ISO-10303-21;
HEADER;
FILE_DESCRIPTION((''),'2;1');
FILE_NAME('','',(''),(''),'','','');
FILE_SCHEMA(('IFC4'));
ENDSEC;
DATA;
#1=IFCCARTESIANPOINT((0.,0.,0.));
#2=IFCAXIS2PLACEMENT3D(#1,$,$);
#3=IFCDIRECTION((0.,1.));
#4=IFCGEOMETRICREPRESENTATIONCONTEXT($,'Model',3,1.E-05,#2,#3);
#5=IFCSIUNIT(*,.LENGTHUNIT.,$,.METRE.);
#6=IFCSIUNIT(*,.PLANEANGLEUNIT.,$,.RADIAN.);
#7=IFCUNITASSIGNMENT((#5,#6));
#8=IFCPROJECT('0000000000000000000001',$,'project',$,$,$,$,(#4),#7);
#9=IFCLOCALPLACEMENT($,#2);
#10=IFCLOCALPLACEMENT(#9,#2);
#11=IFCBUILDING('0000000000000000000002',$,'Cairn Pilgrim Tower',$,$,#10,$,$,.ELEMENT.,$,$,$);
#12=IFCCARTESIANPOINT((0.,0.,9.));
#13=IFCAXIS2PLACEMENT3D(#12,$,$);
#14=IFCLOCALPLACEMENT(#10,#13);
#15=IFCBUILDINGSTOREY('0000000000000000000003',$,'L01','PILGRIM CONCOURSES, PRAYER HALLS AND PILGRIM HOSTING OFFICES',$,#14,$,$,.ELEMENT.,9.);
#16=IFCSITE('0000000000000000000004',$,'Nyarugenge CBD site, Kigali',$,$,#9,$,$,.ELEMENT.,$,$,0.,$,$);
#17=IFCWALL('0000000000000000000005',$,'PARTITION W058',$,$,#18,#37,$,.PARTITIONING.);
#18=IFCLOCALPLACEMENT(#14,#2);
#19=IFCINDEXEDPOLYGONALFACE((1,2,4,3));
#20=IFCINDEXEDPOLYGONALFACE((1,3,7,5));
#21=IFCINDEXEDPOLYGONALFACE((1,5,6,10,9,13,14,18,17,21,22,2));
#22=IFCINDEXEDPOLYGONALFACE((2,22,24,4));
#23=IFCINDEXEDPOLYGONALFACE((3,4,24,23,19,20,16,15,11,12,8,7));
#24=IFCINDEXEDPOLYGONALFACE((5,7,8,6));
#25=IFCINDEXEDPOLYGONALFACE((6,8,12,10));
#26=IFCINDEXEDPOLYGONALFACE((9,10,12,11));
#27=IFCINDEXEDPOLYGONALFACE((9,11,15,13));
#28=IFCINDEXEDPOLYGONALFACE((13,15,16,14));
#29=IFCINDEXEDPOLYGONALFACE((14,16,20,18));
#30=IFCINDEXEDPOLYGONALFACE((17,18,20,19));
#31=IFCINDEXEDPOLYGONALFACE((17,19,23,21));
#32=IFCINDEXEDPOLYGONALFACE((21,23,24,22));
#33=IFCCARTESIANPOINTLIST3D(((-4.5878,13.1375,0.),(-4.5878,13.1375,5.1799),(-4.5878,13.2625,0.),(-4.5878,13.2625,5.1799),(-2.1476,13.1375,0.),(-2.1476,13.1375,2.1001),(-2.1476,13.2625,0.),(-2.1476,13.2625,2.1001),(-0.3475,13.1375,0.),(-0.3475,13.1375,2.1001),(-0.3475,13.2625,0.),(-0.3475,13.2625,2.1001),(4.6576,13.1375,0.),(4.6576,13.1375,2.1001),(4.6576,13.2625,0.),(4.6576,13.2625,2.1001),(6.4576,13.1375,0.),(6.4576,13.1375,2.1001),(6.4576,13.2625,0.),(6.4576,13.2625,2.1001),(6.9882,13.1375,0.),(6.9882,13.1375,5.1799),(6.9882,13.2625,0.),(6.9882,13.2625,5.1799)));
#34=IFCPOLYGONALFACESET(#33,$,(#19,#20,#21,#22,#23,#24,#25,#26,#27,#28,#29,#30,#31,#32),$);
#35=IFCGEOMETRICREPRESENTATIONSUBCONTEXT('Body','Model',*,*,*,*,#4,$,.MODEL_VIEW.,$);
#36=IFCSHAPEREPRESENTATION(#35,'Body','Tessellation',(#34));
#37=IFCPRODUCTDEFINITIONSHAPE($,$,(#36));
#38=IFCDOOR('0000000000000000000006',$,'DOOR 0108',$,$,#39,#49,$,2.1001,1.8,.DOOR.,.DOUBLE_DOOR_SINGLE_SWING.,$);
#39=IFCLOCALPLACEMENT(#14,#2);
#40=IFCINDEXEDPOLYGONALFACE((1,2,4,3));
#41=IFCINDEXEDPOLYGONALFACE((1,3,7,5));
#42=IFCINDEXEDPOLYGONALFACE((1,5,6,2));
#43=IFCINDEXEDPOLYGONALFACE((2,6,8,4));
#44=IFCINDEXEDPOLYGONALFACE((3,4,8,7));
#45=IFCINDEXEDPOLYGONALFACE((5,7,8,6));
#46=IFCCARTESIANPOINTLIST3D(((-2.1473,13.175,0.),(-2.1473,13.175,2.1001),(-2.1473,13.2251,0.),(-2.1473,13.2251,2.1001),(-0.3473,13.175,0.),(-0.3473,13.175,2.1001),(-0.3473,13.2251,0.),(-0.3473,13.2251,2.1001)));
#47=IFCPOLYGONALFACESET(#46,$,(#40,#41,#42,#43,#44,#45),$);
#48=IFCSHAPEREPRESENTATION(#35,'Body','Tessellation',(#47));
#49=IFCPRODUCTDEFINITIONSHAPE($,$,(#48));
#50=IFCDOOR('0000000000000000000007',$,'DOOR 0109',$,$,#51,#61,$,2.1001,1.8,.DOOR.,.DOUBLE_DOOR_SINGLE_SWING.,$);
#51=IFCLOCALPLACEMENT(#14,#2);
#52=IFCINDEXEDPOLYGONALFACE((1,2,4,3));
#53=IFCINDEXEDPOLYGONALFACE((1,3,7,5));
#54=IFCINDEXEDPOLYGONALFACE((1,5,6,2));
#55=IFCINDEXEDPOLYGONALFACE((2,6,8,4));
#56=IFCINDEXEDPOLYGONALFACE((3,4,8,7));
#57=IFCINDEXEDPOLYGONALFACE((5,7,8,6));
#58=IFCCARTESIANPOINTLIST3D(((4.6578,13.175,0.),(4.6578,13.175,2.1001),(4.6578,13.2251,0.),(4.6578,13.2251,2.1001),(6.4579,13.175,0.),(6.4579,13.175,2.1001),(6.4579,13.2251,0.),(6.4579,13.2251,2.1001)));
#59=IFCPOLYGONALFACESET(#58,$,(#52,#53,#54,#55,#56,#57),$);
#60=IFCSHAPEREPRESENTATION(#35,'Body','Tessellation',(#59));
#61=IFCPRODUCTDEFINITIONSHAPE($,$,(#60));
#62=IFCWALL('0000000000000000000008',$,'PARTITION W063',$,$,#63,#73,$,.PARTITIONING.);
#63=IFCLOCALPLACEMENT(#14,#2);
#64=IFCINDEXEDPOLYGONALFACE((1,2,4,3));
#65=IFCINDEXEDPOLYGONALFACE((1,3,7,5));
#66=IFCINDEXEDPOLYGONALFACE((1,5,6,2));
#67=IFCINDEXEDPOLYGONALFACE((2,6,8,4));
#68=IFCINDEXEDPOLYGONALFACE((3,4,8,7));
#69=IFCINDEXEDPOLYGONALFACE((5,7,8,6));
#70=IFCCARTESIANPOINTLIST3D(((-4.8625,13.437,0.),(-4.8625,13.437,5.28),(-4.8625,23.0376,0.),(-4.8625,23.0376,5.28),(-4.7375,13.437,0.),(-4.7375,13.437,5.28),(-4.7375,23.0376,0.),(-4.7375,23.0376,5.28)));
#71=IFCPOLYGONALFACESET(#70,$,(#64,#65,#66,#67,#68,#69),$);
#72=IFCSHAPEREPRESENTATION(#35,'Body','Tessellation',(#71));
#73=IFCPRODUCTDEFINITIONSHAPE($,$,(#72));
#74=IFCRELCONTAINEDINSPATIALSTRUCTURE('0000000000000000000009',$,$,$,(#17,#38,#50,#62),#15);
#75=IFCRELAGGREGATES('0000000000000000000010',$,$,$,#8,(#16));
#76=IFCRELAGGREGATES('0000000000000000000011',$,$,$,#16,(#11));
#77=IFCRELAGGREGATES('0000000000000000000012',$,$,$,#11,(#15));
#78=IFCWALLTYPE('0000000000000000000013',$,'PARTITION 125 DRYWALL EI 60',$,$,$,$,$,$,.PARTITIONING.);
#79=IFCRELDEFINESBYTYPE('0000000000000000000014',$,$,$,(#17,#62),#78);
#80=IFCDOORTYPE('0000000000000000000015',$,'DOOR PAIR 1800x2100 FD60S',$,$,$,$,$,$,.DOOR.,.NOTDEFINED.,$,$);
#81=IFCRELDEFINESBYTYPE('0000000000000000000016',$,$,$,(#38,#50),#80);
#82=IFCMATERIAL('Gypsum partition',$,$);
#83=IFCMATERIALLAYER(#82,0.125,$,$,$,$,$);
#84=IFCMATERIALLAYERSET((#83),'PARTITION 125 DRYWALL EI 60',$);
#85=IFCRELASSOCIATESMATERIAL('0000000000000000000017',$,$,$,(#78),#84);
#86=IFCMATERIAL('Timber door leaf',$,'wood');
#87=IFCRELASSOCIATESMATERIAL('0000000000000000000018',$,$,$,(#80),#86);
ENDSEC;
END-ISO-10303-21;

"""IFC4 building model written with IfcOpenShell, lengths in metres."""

from ifc_helpers import new_model, si_unit, direction, frame, frame_2d, origin, place, context, subcontext, project, spatial, rectangle, extrude, material, layer, layer_set, type_object, element, fill, save


model = new_model("IFC4")

# Units and contexts
model_context = context("Model", 3, precision=1e-05, world=origin(), true_north=direction((0.0, 1.0)))
body_context = subcontext(model_context, "Body", "Model", "MODEL_VIEW")
ifc_project = project(units=[si_unit("LENGTHUNIT", "METRE"), si_unit("PLANEANGLEUNIT", "RADIAN")], contexts=[model_context])

# Site, building, storey
site_placement = place(None, origin())
site = spatial("IfcSite", under=ifc_project, at=site_placement, Name="Nyarugenge CBD site, Kigali", CompositionType="ELEMENT", RefElevation=0.0)
building_placement = place(site_placement, origin())
building = spatial("IfcBuilding", under=site, at=building_placement, Name="Cairn Pilgrim Tower", CompositionType="ELEMENT")
storey_placement = place(building_placement, frame((0.0, 0.0, 9.0)))
storey = spatial("IfcBuildingStorey", under=building, at=storey_placement, Name="L01", Description="PILGRIM CONCOURSES, PRAYER HALLS AND PILGRIM HOSTING OFFICES", CompositionType="ELEMENT", Elevation=9.0)

# Shared definitions
ifc_material_1 = material(Name="Gypsum partition")
ifc_layer_1 = layer(ifc_material_1, 0.125)
ifc_layer_set_1 = layer_set([ifc_layer_1], Name="PARTITION 125 DRYWALL EI 60")
wall_type_1 = type_object("IfcWallType", Name="PARTITION 125 DRYWALL EI 60", PredefinedType="PARTITIONING", material=ifc_layer_set_1)

# Wall, openings, doors
wall_1_placement = place(storey_placement, frame((-4.5879, 13.2, 0.0), z_axis=(0.0, 0.0, 1.0), x_axis=(1.0, 0.0, 0.0)))
wall_1 = element("IfcWall", 1, at=wall_1_placement, inside=storey, type_object=wall_type_1, Name="PARTITION W058", PredefinedType="PARTITIONING", context=body_context, shape_type="SweptSolid", body=[
    extrude(rectangle(XDim=11.5759, YDim=0.125, at=frame_2d((5.7881, 0.0))), origin(), (0.0, 0.0, 1.0), 5.1799),
])
opening_1_placement = place(wall_1_placement, frame((2.4404, 0.0, 0.0)))
opening_1 = element("IfcOpeningElement", 2, at=opening_1_placement, cuts=wall_1, PredefinedType="OPENING", context=body_context, shape_type="SweptSolid", body=[
    extrude(rectangle(XDim=1.8, YDim=2.1001, at=frame_2d((0.8999, 1.05))), frame((0.0, 0.0725, 0.0), z_axis=(0.0, -1.0, 0.0), x_axis=(1.0, 0.0, 0.0)), (0.0, 0.0, 1.0), 0.145),
])
opening_2_placement = place(wall_1_placement, frame((9.2456, 0.0, 0.0)))
opening_2 = element("IfcOpeningElement", 3, at=opening_2_placement, cuts=wall_1, PredefinedType="OPENING", context=body_context, shape_type="SweptSolid", body=[
    extrude(rectangle(XDim=1.8, YDim=2.1001, at=frame_2d((0.8999, 1.05))), frame((0.0, 0.0725, 0.0), z_axis=(0.0, -1.0, 0.0), x_axis=(1.0, 0.0, 0.0)), (0.0, 0.0, 1.0), 0.145),
])
ifc_material_2 = material(Name="Timber door leaf", Category="wood")
door_type_1 = type_object("IfcDoorType", Name="DOOR PAIR 1800x2100 FD60S", OperationType="NOTDEFINED", PredefinedType="DOOR", material=ifc_material_2)
door_1_placement = place(opening_1_placement, frame((1.8, 0.0, 0.0), z_axis=(0.0, 0.0, 1.0), x_axis=(-1.0, 0.0, 0.0)))
door_1 = element("IfcDoor", 4, at=door_1_placement, inside=storey, type_object=door_type_1, Name="DOOR 0108", OperationType="DOUBLE_DOOR_SINGLE_SWING", OverallHeight=2.1001, OverallWidth=1.8, PredefinedType="DOOR", context=body_context, shape_type="SweptSolid", body=[
    extrude(rectangle(XDim=1.8, YDim=2.1001, at=frame_2d((0.8999, 1.05))), frame((0.0, 0.0249, 0.0), z_axis=(0.0, -1.0, 0.0), x_axis=(1.0, 0.0, 0.0)), (0.0, 0.0, 1.0), 0.05),
])
fill(opening_1, door_1)
door_2_placement = place(opening_2_placement, frame((1.8, 0.0, 0.0), z_axis=(0.0, 0.0, 1.0), x_axis=(-1.0, 0.0, 0.0)))
door_2 = element("IfcDoor", 5, at=door_2_placement, inside=storey, type_object=door_type_1, Name="DOOR 0109", OperationType="DOUBLE_DOOR_SINGLE_SWING", OverallHeight=2.1001, OverallWidth=1.8, PredefinedType="DOOR", context=body_context, shape_type="SweptSolid", body=[
    extrude(rectangle(XDim=1.8, YDim=2.1001, at=frame_2d((0.8999, 1.05))), frame((0.0, 0.0249, 0.0), z_axis=(0.0, -1.0, 0.0), x_axis=(1.0, 0.0, 0.0)), (0.0, 0.0, 1.0), 0.05),
])
fill(opening_2, door_2)

# Wall
wall_2_placement = place(storey_placement, frame((-4.8, 13.437, 0.0), z_axis=(0.0, 0.0, 1.0), x_axis=(0.0, 1.0, 0.0)))
element("IfcWall", 6, at=wall_2_placement, inside=storey, type_object=wall_type_1, Name="PARTITION W063", PredefinedType="PARTITIONING", context=body_context, shape_type="SweptSolid", body=[
    extrude(rectangle(XDim=9.6006, YDim=0.125, at=frame_2d((4.8003, 0.0))), origin(), (0.0, 0.0, 1.0), 5.28),
])

save(model, "model.ifc")
